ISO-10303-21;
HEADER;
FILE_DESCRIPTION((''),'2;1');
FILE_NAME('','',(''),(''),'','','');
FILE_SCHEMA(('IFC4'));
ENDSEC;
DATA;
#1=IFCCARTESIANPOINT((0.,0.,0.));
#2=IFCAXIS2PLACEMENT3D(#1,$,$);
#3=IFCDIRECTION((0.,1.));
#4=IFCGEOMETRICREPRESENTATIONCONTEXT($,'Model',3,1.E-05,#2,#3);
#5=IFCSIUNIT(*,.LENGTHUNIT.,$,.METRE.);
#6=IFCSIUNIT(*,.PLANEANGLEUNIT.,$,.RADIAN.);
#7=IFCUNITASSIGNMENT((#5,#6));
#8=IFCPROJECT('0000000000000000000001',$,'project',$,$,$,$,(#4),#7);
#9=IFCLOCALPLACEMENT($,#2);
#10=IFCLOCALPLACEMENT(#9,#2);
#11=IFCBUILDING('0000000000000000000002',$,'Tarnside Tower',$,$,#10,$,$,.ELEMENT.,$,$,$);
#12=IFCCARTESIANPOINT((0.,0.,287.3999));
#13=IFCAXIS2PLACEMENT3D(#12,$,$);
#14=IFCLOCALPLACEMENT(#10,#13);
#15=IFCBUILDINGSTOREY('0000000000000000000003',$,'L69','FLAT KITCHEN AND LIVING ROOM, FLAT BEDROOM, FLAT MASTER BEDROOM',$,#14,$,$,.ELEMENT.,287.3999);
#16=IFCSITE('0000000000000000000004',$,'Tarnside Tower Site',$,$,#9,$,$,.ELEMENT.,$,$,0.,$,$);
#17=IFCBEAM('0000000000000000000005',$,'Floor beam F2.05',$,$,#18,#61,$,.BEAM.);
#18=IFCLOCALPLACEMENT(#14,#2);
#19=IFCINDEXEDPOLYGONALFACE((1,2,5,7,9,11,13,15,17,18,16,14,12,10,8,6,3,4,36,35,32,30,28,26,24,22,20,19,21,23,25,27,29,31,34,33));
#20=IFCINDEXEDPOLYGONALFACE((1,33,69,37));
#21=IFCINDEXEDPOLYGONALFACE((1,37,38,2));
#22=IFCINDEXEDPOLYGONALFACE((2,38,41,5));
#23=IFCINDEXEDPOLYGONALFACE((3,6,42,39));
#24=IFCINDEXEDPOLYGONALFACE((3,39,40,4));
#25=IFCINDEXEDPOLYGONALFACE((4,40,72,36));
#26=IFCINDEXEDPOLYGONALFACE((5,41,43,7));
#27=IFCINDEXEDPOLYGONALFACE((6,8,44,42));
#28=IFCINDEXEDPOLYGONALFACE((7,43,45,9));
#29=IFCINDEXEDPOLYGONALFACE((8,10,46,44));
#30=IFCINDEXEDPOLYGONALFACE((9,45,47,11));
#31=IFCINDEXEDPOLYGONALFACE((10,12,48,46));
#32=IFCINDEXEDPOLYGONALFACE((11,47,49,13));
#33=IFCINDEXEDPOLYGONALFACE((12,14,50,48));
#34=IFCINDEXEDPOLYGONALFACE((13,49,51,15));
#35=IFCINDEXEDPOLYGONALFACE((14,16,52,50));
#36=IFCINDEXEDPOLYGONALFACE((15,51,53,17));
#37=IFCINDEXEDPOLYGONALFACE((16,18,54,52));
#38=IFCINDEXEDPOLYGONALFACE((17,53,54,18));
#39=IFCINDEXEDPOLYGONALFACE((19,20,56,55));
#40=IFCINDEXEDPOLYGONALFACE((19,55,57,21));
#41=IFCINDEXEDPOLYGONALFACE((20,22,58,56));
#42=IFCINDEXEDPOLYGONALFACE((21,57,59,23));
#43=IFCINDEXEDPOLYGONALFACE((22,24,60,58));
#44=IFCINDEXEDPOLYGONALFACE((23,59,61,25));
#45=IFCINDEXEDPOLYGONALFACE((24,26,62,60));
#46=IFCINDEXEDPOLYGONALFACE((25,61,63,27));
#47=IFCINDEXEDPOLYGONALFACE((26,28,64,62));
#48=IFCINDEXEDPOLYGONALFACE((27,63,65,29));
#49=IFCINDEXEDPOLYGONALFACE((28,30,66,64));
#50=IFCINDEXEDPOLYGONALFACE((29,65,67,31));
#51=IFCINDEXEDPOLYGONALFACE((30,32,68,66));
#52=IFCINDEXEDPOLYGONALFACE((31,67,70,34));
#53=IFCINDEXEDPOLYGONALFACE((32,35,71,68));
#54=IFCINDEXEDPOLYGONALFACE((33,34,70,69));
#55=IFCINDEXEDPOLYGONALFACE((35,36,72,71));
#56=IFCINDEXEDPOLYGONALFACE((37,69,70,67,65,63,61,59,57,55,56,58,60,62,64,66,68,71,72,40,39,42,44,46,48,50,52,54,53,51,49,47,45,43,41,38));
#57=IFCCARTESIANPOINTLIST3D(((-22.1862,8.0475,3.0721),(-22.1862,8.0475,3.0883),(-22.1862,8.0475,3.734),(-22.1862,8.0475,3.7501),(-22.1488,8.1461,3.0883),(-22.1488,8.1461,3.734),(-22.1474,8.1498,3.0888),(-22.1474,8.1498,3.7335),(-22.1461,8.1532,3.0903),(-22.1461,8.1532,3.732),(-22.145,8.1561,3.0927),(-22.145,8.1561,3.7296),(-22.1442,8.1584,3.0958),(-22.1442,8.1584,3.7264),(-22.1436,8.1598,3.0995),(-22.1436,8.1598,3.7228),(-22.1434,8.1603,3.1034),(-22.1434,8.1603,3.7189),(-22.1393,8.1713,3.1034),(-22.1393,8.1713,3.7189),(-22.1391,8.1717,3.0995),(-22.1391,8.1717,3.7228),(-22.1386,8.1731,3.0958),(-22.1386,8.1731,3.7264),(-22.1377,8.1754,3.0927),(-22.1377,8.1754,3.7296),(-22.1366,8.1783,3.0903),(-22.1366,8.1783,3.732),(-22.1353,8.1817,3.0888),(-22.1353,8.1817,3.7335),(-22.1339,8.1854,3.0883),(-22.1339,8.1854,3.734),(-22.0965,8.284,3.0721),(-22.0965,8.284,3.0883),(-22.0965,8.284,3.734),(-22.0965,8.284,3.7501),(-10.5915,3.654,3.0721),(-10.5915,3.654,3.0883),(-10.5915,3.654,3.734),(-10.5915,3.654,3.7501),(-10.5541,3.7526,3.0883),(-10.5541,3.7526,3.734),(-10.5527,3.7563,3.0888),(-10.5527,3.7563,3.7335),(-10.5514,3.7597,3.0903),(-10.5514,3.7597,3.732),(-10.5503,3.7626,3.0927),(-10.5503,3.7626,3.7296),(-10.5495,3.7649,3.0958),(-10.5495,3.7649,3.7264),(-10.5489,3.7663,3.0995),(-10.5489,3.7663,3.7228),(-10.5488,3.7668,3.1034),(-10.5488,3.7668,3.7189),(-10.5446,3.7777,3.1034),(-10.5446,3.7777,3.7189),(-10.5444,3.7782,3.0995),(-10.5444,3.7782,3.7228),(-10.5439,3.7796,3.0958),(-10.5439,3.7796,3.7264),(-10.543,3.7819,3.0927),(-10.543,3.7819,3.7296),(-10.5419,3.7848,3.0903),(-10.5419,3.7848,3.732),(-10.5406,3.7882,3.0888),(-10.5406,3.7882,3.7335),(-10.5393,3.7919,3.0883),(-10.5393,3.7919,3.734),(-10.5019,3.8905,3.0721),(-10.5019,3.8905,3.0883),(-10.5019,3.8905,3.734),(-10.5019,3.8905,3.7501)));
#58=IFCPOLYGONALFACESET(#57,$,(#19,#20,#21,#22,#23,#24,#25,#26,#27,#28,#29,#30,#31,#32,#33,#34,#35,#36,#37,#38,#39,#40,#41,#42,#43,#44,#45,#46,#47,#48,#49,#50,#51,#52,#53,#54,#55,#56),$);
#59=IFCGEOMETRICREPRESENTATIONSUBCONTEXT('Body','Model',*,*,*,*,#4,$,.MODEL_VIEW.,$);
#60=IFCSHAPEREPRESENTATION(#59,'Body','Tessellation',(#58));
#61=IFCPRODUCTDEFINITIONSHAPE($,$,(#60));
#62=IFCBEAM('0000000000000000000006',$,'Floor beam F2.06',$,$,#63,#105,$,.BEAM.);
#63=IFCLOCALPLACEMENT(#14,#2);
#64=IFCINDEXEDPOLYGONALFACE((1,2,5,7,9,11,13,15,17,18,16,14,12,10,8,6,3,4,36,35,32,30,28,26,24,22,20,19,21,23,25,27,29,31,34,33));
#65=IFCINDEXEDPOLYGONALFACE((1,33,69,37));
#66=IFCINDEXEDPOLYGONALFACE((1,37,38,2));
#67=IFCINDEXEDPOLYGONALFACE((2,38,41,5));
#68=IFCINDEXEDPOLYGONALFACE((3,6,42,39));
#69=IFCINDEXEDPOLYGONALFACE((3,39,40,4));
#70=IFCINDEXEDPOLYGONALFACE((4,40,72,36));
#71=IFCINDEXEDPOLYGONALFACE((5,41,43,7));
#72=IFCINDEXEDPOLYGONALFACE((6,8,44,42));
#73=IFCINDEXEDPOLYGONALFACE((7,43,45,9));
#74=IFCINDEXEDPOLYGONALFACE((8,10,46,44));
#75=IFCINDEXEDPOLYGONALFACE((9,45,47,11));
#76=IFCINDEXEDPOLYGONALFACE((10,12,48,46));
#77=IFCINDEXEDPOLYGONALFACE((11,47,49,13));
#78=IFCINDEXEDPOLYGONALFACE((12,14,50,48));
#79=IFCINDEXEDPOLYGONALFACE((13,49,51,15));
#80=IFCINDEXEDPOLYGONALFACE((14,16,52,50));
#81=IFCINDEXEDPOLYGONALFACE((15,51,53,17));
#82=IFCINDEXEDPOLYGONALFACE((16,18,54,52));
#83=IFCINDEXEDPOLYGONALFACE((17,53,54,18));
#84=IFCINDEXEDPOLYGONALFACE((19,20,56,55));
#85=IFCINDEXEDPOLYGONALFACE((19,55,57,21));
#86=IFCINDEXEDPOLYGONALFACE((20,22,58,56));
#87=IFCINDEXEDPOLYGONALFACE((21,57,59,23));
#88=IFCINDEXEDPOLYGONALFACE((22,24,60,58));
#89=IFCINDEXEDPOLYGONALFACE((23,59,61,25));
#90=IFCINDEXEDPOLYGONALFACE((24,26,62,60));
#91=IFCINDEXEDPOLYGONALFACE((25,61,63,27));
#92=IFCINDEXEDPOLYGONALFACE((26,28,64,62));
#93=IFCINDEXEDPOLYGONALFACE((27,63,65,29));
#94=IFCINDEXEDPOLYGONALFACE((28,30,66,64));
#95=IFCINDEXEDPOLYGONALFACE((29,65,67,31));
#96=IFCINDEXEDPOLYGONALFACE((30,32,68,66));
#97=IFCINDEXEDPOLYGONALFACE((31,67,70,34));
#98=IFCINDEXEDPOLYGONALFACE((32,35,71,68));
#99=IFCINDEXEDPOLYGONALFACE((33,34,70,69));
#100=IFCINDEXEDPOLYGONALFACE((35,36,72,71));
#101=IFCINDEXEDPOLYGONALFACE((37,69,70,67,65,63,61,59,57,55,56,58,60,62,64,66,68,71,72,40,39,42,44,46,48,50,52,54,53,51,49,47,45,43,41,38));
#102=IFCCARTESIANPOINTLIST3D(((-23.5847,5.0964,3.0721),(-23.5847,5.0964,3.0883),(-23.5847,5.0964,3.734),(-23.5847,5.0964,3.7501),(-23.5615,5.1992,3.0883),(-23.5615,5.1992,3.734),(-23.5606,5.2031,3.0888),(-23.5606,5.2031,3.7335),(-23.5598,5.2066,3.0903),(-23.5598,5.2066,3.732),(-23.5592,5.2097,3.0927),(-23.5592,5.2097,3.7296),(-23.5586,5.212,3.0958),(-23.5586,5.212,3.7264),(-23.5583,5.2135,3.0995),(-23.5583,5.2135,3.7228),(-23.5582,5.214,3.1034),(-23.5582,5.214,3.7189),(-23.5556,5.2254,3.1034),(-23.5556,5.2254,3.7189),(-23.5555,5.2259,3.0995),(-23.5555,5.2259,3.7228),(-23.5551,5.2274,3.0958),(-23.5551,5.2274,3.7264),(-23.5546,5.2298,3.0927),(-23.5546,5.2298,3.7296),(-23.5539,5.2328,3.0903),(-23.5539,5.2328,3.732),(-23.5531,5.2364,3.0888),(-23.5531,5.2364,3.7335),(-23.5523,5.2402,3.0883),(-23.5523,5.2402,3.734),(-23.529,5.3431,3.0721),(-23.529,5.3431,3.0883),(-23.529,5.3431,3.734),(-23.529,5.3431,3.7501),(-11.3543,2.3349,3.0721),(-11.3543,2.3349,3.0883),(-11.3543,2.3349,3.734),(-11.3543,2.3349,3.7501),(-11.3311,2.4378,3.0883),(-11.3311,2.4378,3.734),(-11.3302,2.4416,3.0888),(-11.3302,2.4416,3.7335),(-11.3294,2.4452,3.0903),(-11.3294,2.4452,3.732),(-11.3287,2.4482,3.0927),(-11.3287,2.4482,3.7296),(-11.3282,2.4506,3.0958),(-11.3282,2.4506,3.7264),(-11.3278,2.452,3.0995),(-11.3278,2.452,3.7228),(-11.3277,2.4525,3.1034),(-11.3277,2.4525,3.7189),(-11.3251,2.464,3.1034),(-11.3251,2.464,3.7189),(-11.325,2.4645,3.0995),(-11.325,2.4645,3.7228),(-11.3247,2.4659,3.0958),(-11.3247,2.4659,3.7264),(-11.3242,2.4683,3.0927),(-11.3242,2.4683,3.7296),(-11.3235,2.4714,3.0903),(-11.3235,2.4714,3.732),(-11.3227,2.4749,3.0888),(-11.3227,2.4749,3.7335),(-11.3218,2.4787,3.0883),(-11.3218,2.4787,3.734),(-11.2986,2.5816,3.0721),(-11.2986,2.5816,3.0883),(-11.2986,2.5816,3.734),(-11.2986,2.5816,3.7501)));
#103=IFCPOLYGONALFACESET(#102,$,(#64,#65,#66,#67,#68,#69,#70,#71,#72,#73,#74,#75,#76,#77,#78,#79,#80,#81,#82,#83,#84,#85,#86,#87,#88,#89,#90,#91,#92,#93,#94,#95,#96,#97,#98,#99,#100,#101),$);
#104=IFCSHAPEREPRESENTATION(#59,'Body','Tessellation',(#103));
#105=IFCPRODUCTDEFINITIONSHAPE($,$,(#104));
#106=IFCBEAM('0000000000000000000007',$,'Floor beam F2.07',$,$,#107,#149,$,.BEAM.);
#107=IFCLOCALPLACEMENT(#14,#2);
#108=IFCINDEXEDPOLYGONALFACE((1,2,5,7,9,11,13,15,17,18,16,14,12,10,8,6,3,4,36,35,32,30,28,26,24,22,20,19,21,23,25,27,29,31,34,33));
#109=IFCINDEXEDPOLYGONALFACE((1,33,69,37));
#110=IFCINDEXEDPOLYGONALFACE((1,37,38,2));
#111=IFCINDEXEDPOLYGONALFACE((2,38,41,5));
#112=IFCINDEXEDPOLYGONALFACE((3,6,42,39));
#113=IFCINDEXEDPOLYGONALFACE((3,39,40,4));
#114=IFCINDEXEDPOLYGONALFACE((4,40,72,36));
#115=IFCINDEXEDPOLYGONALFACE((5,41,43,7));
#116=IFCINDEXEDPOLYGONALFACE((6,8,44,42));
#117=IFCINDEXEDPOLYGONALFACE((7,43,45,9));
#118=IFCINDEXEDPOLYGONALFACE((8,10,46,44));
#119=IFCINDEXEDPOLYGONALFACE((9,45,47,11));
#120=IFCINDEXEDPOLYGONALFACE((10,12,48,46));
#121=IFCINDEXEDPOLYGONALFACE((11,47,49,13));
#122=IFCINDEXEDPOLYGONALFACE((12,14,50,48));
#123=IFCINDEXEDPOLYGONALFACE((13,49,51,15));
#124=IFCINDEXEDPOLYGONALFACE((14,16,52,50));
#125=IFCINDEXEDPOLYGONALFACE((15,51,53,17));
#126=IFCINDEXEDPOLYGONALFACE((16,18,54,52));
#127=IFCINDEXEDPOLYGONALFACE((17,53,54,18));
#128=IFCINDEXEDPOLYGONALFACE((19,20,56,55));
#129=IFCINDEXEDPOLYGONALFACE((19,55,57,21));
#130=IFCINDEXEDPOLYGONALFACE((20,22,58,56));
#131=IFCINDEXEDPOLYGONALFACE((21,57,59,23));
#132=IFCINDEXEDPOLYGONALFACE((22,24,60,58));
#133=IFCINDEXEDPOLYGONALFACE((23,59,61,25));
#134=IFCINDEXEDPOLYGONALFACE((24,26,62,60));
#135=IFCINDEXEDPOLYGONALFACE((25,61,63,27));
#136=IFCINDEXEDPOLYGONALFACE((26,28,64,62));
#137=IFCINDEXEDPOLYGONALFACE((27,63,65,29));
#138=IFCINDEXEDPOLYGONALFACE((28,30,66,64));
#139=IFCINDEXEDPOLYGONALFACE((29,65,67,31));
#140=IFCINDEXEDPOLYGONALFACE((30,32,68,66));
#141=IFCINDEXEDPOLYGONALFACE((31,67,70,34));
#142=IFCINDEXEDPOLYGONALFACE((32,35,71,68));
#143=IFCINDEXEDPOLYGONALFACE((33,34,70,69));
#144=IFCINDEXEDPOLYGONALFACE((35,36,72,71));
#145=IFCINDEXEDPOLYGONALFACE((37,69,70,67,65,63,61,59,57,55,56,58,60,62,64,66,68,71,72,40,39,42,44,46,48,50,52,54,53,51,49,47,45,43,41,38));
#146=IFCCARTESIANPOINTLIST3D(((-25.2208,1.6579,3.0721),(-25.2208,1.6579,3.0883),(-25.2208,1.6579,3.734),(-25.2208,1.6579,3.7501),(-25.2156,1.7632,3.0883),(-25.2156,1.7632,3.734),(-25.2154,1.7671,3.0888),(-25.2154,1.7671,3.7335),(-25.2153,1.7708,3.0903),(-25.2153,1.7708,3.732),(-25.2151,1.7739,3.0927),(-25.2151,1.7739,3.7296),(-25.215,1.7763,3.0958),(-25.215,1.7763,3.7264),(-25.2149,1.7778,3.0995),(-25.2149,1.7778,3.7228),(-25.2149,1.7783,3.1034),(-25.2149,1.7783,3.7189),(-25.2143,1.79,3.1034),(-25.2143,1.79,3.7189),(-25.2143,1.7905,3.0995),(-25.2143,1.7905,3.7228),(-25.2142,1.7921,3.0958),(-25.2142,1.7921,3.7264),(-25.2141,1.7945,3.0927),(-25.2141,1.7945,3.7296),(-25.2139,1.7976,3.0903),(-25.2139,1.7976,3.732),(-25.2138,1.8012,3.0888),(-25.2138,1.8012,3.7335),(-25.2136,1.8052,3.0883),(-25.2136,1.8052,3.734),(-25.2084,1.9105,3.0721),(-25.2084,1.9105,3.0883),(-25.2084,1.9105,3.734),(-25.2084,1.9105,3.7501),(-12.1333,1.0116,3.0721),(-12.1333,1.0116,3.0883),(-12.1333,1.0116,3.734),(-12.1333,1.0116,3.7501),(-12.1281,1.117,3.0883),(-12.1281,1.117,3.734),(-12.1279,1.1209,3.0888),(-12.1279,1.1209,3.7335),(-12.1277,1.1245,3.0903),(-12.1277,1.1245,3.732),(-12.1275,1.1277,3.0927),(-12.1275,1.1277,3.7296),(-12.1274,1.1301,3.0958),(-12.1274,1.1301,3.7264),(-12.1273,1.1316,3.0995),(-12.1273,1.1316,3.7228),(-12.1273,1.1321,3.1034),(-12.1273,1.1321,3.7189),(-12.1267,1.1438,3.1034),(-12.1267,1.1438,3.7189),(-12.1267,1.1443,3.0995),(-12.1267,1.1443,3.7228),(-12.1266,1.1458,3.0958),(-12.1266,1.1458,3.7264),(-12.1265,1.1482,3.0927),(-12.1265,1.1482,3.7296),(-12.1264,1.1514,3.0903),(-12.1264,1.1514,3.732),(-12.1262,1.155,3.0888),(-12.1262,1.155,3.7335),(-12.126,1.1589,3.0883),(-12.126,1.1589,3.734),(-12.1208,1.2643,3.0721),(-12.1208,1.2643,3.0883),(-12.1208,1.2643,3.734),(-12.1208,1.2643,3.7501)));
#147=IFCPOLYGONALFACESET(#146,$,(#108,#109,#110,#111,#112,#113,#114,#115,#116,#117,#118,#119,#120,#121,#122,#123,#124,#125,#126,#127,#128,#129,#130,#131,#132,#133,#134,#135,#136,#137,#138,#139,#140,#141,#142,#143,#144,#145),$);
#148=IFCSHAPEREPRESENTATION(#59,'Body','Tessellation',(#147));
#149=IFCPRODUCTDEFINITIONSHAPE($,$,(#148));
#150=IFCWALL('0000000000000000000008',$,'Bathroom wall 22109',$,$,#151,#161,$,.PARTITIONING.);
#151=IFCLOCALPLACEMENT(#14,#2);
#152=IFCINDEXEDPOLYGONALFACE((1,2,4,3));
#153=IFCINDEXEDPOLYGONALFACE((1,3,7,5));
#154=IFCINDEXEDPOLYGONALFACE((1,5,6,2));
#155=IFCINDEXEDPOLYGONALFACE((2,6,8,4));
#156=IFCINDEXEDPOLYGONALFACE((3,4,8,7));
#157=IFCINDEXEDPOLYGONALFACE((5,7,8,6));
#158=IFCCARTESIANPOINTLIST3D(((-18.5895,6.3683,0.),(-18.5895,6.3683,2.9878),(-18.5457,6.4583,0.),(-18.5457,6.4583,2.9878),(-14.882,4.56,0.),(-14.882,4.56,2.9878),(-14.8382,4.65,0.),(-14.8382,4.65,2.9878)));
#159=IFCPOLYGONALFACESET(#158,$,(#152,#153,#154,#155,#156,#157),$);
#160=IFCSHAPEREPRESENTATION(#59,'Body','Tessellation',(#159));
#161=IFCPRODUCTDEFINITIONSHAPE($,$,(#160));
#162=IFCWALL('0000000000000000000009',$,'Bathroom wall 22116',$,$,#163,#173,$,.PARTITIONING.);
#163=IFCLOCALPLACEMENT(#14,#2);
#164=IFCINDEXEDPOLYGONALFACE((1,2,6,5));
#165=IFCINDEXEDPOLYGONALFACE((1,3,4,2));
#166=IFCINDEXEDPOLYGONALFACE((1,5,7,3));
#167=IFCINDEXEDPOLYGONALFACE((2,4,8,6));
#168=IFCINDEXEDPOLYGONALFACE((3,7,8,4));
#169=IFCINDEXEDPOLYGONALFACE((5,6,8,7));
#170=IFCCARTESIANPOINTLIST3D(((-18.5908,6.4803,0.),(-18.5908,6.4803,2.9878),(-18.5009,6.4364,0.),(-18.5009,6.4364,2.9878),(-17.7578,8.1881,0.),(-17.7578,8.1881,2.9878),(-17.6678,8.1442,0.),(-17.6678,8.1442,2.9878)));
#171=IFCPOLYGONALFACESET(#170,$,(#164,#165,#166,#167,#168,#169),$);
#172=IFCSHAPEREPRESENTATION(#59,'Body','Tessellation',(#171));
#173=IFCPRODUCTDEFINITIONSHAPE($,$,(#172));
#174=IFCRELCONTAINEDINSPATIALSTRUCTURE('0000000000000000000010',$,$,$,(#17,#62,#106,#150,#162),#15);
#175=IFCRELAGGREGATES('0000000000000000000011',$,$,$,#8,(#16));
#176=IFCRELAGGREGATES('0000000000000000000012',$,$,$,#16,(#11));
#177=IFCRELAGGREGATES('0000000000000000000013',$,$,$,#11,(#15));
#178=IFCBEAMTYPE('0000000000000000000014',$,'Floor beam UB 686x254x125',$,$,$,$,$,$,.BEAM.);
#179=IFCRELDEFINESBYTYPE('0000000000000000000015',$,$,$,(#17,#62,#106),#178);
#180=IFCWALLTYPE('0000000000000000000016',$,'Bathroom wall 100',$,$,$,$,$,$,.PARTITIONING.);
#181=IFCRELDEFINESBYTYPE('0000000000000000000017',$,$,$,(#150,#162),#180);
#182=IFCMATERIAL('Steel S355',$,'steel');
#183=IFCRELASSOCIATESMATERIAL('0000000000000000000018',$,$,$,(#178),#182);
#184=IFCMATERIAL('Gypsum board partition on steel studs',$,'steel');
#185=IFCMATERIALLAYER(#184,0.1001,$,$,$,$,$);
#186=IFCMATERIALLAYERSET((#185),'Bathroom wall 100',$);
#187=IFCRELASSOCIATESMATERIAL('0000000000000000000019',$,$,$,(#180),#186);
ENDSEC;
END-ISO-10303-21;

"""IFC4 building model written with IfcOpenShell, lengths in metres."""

from ifc_helpers import new_model, si_unit, direction, frame, frame_2d, origin, origin_2d, place, context, subcontext, project, spatial, rectangle, i_section, extrude, material, layer, layer_set, material_profile, profile_set, type_object, element, save


model = new_model("IFC4")

# Units and contexts
model_context = context("Model", 3, precision=1e-05, world=origin(), true_north=direction((0.0, 1.0)))
body_context = subcontext(model_context, "Body", "Model", "MODEL_VIEW")
ifc_project = project(units=[si_unit("LENGTHUNIT", "METRE"), si_unit("PLANEANGLEUNIT", "RADIAN")], contexts=[model_context])

# Site, building, storey
site_placement = place(None, origin())
site = spatial("IfcSite", under=ifc_project, at=site_placement, Name="Tarnside Tower Site", CompositionType="ELEMENT", RefElevation=0.0)
building_placement = place(site_placement, origin())
building = spatial("IfcBuilding", under=site, at=building_placement, Name="Tarnside Tower", CompositionType="ELEMENT")
storey_placement = place(building_placement, frame((0.0, 0.0, 287.3999)))
storey = spatial("IfcBuildingStorey", under=building, at=storey_placement, Name="L69", Description="FLAT KITCHEN AND LIVING ROOM, FLAT BEDROOM, FLAT MASTER BEDROOM", CompositionType="ELEMENT", Elevation=287.3999)

# Beams
ifc_material_1 = material(Name="Steel S355", Category="steel")
ifc_material_profile = material_profile(ifc_material_1, i_section(OverallWidth=0.2529, OverallDepth=0.678, WebThickness=0.0117, FlangeThickness=0.0161, FilletRadius=0.0151, at=origin_2d()), Name="UB 686x254x125")
ifc_profile_set = profile_set([ifc_material_profile], Name="Steel S355")
beam_type = type_object("IfcBeamType", Name="Floor beam UB 686x254x125", PredefinedType="BEAM", material=ifc_profile_set)
beam_1_placement = place(storey_placement, frame((-22.1414, 8.1658, 3.4111), z_axis=(0.935116, -0.354341, 0.0), x_axis=(0.354341, 0.935116, 0.0)))
element("IfcBeam", 1, at=beam_1_placement, inside=storey, type_object=beam_type, Name="Floor beam F2.05", PredefinedType="BEAM", context=body_context, shape_type="SweptSolid", body=[
    extrude(i_section(OverallWidth=0.2529, OverallDepth=0.678, WebThickness=0.0117, FlangeThickness=0.0161, FilletRadius=0.0151, at=origin_2d()), origin(), (0.0, 0.0, 1.0), 12.3992),
])
beam_2_placement = place(storey_placement, frame((-23.5569, 5.2197, 3.4111), z_axis=(0.975445, -0.220242, 0.0), x_axis=(0.220242, 0.975445, 0.0)))
element("IfcBeam", 2, at=beam_2_placement, inside=storey, type_object=beam_type, Name="Floor beam F2.06", PredefinedType="BEAM", context=body_context, shape_type="SweptSolid", body=[
    extrude(i_section(OverallWidth=0.2529, OverallDepth=0.678, WebThickness=0.0117, FlangeThickness=0.0161, FilletRadius=0.0151, at=origin_2d()), origin(), (0.0, 0.0, 1.0), 12.5383),
])
beam_3_placement = place(storey_placement, frame((-25.2146, 1.7842, 3.4111), z_axis=(0.998783, -0.049318, 0.0), x_axis=(0.049318, 0.998783, 0.0)))
element("IfcBeam", 3, at=beam_3_placement, inside=storey, type_object=beam_type, Name="Floor beam F2.07", PredefinedType="BEAM", context=body_context, shape_type="SweptSolid", body=[
    extrude(i_section(OverallWidth=0.2529, OverallDepth=0.678, WebThickness=0.0117, FlangeThickness=0.0161, FilletRadius=0.0151, at=origin_2d()), origin(), (0.0, 0.0, 1.0), 13.1035),
])

# Walls
ifc_material_2 = material(Name="Gypsum board partition on steel studs", Category="steel")
ifc_layer_1 = layer(ifc_material_2, 0.1001)
ifc_layer_set_1 = layer_set([ifc_layer_1], Name="Bathroom wall 100")
wall_type_1 = type_object("IfcWallType", Name="Bathroom wall 100", PredefinedType="PARTITIONING", material=ifc_layer_set_1)
wall_1_placement = place(storey_placement, frame((-14.8601, 4.605, 0.0), z_axis=(0.0, 0.0, 1.0), x_axis=(-0.898787, 0.438385, 0.0)))
element("IfcWall", 4, at=wall_1_placement, inside=storey, type_object=wall_type_1, Name="Bathroom wall 22109", PredefinedType="PARTITIONING", context=body_context, shape_type="SweptSolid", body=[
    extrude(rectangle(XDim=4.125, YDim=0.1001, at=frame_2d((2.0625, 0.0))), origin(), (0.0, 0.0, 1.0), 2.9878),
])
wall_2_placement = place(storey_placement, frame((-18.5459, 6.4583, 0.0), z_axis=(0.0, 0.0, 1.0), x_axis=(0.438403, 0.898778, 0.0)))
element("IfcWall", 5, at=wall_2_placement, inside=storey, type_object=wall_type_1, Name="Bathroom wall 22116", PredefinedType="PARTITIONING", context=body_context, shape_type="SweptSolid", body=[
    extrude(rectangle(XDim=1.9001, YDim=0.1001, at=frame_2d((0.9502, 0.0))), origin(), (0.0, 0.0, 1.0), 2.9878),
])

save(model, "model.ifc")
